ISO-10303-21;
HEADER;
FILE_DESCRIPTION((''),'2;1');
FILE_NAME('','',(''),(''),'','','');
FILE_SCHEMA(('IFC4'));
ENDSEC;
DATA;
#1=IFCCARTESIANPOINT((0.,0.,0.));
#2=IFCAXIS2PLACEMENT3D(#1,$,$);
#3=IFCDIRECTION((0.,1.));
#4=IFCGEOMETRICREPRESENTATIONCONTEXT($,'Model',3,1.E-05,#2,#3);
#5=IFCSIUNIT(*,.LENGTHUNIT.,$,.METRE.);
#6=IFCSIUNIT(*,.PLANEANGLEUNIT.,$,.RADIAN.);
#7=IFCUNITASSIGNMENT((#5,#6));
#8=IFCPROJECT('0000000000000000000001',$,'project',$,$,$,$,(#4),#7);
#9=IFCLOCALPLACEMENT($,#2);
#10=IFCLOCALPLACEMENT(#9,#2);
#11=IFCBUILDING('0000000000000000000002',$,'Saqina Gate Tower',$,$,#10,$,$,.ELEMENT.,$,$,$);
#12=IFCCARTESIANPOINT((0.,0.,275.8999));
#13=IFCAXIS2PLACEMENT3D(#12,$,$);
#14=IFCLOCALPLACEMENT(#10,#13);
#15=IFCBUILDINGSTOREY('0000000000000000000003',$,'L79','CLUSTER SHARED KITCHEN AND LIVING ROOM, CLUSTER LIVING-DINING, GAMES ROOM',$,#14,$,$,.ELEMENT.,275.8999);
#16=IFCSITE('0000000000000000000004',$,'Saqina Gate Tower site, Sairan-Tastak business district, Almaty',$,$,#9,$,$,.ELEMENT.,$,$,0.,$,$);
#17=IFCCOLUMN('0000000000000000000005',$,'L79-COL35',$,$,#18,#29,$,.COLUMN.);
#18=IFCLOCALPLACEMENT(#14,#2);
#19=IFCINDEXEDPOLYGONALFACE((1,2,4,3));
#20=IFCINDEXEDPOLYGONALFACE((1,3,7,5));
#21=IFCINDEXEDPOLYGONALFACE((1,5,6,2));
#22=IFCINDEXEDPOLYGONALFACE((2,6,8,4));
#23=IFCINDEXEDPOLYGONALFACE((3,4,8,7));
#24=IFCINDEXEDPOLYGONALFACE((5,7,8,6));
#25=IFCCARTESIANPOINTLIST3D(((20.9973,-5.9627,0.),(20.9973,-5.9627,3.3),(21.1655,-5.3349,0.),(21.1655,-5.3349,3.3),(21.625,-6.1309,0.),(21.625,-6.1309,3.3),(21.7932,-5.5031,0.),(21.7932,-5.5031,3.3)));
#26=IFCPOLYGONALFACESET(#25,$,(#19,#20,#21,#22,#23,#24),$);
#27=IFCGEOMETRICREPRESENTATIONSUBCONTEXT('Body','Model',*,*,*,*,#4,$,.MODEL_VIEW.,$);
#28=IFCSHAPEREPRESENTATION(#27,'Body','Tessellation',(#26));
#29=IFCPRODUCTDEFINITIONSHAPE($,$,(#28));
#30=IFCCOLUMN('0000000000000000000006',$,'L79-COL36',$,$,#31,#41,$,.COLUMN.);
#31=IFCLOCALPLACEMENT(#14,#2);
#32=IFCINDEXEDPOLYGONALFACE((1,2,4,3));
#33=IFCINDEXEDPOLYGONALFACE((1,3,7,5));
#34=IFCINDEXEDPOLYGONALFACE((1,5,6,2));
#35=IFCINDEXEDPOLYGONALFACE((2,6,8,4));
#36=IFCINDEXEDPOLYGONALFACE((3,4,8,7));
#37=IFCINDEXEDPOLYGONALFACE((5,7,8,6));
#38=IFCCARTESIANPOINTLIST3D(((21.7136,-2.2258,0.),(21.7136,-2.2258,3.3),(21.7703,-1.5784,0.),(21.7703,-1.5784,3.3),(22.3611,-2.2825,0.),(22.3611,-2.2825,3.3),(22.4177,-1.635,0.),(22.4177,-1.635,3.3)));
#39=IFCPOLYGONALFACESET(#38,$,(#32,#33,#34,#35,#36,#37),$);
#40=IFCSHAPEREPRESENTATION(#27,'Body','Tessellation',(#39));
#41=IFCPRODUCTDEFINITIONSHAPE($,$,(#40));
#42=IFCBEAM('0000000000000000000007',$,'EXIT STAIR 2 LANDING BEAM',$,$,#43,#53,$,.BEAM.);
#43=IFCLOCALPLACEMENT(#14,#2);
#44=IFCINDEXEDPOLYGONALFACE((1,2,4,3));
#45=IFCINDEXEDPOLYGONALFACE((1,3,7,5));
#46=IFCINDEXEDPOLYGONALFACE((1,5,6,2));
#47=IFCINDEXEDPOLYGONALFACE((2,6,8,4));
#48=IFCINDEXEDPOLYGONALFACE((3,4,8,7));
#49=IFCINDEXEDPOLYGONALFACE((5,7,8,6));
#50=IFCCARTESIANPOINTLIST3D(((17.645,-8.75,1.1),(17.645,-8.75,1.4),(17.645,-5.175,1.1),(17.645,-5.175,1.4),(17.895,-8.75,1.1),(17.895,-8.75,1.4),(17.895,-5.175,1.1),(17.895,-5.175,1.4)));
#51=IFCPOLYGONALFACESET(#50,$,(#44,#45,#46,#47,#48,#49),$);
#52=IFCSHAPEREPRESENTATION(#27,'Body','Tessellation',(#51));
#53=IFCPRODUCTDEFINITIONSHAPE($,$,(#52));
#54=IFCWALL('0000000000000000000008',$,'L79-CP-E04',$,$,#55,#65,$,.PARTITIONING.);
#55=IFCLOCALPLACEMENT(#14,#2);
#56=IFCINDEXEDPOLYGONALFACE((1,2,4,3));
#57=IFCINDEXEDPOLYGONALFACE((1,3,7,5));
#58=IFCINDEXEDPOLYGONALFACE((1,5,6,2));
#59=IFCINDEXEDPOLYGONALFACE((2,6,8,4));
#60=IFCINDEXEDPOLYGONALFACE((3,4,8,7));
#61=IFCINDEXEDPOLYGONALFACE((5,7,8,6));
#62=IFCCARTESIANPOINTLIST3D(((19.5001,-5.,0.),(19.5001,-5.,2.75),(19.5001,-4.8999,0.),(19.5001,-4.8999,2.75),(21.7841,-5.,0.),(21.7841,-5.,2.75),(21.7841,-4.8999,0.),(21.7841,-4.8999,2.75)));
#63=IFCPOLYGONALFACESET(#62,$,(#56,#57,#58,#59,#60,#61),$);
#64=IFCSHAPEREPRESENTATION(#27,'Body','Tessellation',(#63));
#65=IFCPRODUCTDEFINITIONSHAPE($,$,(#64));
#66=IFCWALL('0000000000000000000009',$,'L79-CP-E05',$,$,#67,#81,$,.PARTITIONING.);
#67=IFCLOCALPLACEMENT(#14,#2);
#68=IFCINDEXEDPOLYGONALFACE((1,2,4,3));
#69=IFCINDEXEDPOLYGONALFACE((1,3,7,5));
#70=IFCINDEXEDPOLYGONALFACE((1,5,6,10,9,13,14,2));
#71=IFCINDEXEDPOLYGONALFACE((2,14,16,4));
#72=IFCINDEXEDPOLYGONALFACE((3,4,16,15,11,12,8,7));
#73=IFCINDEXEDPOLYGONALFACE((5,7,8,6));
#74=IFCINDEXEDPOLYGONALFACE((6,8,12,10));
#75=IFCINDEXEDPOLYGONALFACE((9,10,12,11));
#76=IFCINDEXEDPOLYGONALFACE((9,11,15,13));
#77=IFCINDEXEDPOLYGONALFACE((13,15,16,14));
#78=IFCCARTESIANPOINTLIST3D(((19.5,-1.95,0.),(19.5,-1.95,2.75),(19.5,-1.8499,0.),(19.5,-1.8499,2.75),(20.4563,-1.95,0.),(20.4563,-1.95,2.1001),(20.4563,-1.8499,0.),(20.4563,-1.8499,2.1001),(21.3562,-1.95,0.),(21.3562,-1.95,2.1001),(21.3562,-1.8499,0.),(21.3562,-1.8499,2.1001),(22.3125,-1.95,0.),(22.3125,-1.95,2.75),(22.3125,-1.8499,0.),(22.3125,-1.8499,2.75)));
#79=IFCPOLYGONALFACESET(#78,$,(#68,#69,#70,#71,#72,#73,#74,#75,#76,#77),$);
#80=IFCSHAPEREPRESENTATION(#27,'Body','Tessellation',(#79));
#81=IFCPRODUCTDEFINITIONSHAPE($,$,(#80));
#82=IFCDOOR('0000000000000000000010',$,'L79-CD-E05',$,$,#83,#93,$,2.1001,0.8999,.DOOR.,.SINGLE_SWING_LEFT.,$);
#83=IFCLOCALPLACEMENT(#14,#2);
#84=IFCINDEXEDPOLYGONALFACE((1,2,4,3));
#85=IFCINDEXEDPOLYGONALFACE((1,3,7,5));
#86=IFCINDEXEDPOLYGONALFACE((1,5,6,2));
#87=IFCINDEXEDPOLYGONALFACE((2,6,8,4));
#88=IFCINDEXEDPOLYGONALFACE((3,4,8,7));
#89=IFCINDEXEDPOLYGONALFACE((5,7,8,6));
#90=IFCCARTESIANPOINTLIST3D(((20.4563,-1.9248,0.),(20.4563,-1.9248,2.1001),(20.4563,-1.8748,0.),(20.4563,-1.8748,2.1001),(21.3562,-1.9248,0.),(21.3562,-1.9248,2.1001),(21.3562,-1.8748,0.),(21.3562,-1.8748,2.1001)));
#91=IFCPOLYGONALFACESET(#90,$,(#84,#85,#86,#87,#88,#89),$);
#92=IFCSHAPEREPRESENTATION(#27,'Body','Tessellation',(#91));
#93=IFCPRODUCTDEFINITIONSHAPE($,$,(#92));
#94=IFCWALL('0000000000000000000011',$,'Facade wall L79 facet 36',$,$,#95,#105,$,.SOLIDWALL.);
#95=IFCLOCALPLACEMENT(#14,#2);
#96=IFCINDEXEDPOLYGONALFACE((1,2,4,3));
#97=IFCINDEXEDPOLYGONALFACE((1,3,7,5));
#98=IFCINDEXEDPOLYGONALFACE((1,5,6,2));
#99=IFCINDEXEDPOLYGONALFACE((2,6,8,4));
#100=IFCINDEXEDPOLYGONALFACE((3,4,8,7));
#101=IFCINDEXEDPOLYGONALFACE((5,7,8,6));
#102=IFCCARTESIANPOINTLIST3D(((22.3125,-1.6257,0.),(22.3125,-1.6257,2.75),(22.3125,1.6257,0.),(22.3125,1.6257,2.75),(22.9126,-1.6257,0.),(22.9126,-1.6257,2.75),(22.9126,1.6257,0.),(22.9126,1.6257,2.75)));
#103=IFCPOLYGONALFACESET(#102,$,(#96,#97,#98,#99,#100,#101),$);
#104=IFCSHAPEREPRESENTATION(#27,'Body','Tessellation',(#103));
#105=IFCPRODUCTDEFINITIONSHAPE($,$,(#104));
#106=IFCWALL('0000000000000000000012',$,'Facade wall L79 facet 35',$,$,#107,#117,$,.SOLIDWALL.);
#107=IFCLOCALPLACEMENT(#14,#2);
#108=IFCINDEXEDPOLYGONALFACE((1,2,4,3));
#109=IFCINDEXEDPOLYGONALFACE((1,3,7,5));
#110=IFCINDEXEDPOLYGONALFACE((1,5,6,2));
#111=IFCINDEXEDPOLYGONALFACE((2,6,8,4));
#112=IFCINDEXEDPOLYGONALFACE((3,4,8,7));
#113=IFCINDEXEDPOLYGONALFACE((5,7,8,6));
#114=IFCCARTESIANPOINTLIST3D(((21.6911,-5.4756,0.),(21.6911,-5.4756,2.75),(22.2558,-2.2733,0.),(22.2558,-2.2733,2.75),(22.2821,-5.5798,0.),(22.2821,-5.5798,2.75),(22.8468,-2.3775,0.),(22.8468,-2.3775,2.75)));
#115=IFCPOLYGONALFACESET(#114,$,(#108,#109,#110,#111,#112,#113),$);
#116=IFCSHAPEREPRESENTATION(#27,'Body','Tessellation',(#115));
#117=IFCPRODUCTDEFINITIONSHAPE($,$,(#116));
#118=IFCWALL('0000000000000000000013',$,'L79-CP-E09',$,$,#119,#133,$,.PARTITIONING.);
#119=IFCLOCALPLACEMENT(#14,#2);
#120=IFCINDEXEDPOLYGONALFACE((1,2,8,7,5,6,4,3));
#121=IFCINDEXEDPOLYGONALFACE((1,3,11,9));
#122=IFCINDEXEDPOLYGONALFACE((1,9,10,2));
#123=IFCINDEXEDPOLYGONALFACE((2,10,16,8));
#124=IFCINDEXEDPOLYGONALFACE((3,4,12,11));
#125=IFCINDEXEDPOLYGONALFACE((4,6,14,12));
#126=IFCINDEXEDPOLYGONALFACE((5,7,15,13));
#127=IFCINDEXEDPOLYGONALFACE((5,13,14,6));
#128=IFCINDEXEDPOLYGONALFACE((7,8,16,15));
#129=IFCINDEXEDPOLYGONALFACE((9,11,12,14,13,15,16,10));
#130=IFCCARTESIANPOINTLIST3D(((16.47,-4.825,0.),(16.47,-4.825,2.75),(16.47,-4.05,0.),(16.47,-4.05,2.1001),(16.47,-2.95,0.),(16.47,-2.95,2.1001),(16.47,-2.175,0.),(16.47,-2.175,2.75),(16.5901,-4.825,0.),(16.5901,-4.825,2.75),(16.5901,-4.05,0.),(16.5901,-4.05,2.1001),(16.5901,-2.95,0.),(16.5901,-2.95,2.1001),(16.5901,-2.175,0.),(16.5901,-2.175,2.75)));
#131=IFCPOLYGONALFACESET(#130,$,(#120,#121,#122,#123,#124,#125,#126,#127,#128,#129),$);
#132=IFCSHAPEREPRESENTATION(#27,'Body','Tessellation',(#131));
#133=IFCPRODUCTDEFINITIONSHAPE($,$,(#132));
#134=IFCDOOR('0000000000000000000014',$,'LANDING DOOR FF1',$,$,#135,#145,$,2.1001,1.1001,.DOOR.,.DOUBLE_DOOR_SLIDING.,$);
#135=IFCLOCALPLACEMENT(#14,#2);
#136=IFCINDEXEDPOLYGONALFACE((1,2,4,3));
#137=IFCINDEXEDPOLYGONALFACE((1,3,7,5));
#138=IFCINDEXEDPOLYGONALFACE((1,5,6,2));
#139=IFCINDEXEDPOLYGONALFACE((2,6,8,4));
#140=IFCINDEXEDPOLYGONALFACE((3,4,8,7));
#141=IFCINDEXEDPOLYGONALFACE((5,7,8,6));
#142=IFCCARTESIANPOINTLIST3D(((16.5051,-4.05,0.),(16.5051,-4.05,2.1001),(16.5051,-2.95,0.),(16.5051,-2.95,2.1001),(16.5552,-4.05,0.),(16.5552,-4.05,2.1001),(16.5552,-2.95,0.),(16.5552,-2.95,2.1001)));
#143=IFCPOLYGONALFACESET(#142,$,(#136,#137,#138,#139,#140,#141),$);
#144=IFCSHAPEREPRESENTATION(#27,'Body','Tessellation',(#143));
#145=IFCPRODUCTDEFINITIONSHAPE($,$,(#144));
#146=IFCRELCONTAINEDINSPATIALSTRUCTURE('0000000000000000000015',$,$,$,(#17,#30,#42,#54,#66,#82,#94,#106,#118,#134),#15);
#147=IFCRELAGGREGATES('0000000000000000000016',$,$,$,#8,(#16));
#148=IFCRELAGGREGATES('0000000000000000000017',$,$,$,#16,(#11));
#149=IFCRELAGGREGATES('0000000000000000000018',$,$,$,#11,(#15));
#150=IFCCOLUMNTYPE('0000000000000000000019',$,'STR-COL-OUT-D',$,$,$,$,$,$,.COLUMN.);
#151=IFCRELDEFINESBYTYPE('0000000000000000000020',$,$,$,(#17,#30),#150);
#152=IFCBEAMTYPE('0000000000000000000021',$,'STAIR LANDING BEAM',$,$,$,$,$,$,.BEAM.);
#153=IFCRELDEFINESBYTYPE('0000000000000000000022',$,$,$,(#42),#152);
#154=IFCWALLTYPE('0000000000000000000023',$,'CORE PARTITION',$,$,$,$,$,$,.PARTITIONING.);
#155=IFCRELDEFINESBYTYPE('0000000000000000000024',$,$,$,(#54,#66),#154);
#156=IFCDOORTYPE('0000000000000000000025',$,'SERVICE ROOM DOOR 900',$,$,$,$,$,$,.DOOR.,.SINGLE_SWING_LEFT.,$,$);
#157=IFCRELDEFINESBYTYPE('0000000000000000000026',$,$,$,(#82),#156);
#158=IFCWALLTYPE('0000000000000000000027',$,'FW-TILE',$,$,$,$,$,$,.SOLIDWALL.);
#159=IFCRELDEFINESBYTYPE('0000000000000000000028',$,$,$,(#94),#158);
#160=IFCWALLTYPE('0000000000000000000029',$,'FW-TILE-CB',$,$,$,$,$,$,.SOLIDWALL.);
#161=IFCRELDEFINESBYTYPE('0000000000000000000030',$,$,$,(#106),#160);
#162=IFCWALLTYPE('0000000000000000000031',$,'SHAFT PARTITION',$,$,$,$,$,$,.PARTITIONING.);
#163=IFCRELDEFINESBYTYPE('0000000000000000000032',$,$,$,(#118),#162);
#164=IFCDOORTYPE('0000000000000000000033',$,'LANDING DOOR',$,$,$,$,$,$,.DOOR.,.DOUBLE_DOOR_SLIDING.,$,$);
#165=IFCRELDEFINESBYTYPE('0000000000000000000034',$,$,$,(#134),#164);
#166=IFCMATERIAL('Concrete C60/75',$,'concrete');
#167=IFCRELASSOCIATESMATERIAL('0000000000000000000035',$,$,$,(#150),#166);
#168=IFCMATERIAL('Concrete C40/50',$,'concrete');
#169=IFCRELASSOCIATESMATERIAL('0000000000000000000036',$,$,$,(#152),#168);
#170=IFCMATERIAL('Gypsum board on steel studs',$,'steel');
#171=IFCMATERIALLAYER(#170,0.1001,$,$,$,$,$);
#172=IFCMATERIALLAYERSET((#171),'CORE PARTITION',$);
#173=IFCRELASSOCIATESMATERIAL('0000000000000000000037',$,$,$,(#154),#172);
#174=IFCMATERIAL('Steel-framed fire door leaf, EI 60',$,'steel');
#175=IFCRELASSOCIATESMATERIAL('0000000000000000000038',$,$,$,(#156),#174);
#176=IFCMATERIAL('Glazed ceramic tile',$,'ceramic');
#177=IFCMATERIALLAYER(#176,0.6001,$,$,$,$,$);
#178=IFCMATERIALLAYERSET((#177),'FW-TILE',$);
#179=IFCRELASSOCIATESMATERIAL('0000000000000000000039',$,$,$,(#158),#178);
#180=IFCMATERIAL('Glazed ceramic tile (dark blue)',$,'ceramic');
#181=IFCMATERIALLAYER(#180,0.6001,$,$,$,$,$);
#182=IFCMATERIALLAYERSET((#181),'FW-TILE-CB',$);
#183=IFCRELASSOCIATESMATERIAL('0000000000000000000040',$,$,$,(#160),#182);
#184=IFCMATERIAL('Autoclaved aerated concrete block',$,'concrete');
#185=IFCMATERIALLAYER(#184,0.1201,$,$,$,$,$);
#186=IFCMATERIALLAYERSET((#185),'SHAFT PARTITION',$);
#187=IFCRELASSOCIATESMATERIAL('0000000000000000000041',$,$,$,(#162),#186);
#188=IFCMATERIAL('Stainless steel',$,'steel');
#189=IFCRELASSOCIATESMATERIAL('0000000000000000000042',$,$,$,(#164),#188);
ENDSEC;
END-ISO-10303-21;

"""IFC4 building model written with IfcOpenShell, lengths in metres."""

from ifc_helpers import new_model, si_unit, direction, frame, frame_2d, origin, origin_2d, place, context, subcontext, project, spatial, rectangle, extrude, material, layer, layer_set, material_profile, profile_set, type_object, element, fill, save


model = new_model("IFC4")

# Units and contexts
model_context = context("Model", 3, precision=1e-05, world=origin(), true_north=direction((0.0, 1.0)))
body_context = subcontext(model_context, "Body", "Model", "MODEL_VIEW")
ifc_project = project(units=[si_unit("LENGTHUNIT", "METRE"), si_unit("PLANEANGLEUNIT", "RADIAN")], contexts=[model_context])

# Site, building, storey
site_placement = place(None, origin())
site = spatial("IfcSite", under=ifc_project, at=site_placement, Name="Saqina Gate Tower site, Sairan-Tastak business district, Almaty", CompositionType="ELEMENT", RefElevation=0.0)
building_placement = place(site_placement, origin())
building = spatial("IfcBuilding", under=site, at=building_placement, Name="Saqina Gate Tower", CompositionType="ELEMENT")
storey_placement = place(building_placement, frame((0.0, 0.0, 275.8999)))
storey = spatial("IfcBuildingStorey", under=building, at=storey_placement, Name="L79", Description="CLUSTER SHARED KITCHEN AND LIVING ROOM, CLUSTER LIVING-DINING, GAMES ROOM", CompositionType="ELEMENT", Elevation=275.8999)

# Columns
ifc_material_1 = material(Name="Concrete C60/75", Category="concrete")
ifc_material_profile_1 = material_profile(ifc_material_1, rectangle(XDim=0.6499, YDim=0.6499, at=origin_2d()), Name="RC 650x650")
ifc_profile_set_1 = profile_set([ifc_material_profile_1], Name="Concrete C60/75")
column_type = type_object("IfcColumnType", Name="STR-COL-OUT-D", PredefinedType="COLUMN", material=ifc_profile_set_1)
for number, where, z_axis, x_axis, name in (
    (1, (21.3953, -5.7329, 0.0), (0.0, 0.0, 1.0), (0.965926, -0.258819, 0.0), "L79-COL35"),
    (2, (22.0657, -1.9304, 0.0), (0.0, 0.0, 1.0), (0.996195, -0.087156, 0.0), "L79-COL36"),
):
    element("IfcColumn", number, at=place(storey_placement, frame(where, z_axis=z_axis, x_axis=x_axis)), inside=storey, type_object=column_type, Name=name, PredefinedType="COLUMN", context=body_context, shape_type="SweptSolid", body=[
        extrude(rectangle(XDim=0.6499, YDim=0.6499, at=origin_2d()), origin(), (0.0, 0.0, 1.0), 3.3),
    ])

# Beam
ifc_material_2 = material(Name="Concrete C40/50", Category="concrete")
ifc_material_profile_2 = material_profile(ifc_material_2, rectangle(XDim=0.25, YDim=0.3, at=origin_2d()), Name="STAIR LANDING BEAM")
ifc_profile_set_2 = profile_set([ifc_material_profile_2], Name="Concrete C40/50")
beam_type = type_object("IfcBeamType", Name="STAIR LANDING BEAM", PredefinedType="BEAM", material=ifc_profile_set_2)
beam_placement = place(storey_placement, frame((17.77, -8.75, 1.25), z_axis=(0.0, 1.0, 0.0), x_axis=(-1.0, 0.0, 0.0)))
element("IfcBeam", 3, at=beam_placement, inside=storey, type_object=beam_type, Name="EXIT STAIR 2 LANDING BEAM", PredefinedType="BEAM", context=body_context, shape_type="SweptSolid", body=[
    extrude(rectangle(XDim=0.25, YDim=0.3, at=origin_2d()), origin(), (0.0, 0.0, 1.0), 3.575),
])

# Wall
ifc_material_3 = material(Name="Gypsum board on steel studs", Category="steel")
ifc_layer_1 = layer(ifc_material_3, 0.1001)
ifc_layer_set_1 = layer_set([ifc_layer_1], Name="CORE PARTITION")
wall_type_1 = type_object("IfcWallType", Name="CORE PARTITION", PredefinedType="PARTITIONING", material=ifc_layer_set_1)
wall_1_placement = place(storey_placement, frame((19.5, -4.95, 0.0), z_axis=(0.0, 0.0, 1.0), x_axis=(1.0, 0.0, 0.0)))
element("IfcWall", 4, at=wall_1_placement, inside=storey, type_object=wall_type_1, Name="L79-CP-E04", PredefinedType="PARTITIONING", context=body_context, shape_type="SweptSolid", body=[
    extrude(rectangle(XDim=2.2839, YDim=0.1001, at=frame_2d((1.1421, 0.0))), origin(), (0.0, 0.0, 1.0), 2.75),
])

# Wall, opening, door
wall_2_placement = place(storey_placement, frame((19.5, -1.8999, 0.0), z_axis=(0.0, 0.0, 1.0), x_axis=(1.0, 0.0, 0.0)))
wall_2 = element("IfcWall", 5, at=wall_2_placement, inside=storey, type_object=wall_type_1, Name="L79-CP-E05", PredefinedType="PARTITIONING", context=body_context, shape_type="SweptSolid", body=[
    extrude(rectangle(XDim=2.8125, YDim=0.1001, at=frame_2d((1.4062, 0.0))), origin(), (0.0, 0.0, 1.0), 2.75),
])
opening_1_placement = place(wall_2_placement, frame((0.9563, 0.0, 0.0)))
opening_1 = element("IfcOpeningElement", 6, at=opening_1_placement, cuts=wall_2, PredefinedType="OPENING", context=body_context, shape_type="SweptSolid", body=[
    extrude(rectangle(XDim=0.8999, YDim=2.1001, at=frame_2d((0.45, 1.05))), frame((0.0, 0.062, 0.0), z_axis=(0.0, -1.0, 0.0), x_axis=(1.0, 0.0, 0.0)), (0.0, 0.0, 1.0), 0.124),
])
ifc_material_4 = material(Name="Steel-framed fire door leaf, EI 60", Category="steel")
door_type_1 = type_object("IfcDoorType", Name="SERVICE ROOM DOOR 900", OperationType="SINGLE_SWING_LEFT", PredefinedType="DOOR", material=ifc_material_4)
door_1_placement = place(opening_1_placement, frame((0.8999, 0.0, 0.0), z_axis=(0.0, 0.0, 1.0), x_axis=(-1.0, 0.0, 0.0)))
door_1 = element("IfcDoor", 7, at=door_1_placement, inside=storey, type_object=door_type_1, Name="L79-CD-E05", OperationType="SINGLE_SWING_LEFT", OverallHeight=2.1001, OverallWidth=0.8999, PredefinedType="DOOR", context=body_context, shape_type="SweptSolid", body=[
    extrude(rectangle(XDim=0.8999, YDim=2.1001, at=frame_2d((0.45, 1.05))), frame((0.0, 0.0249, 0.0), z_axis=(0.0, -1.0, 0.0), x_axis=(1.0, 0.0, 0.0)), (0.0, 0.0, 1.0), 0.05),
])
fill(opening_1, door_1)

# Walls
ifc_material_5 = material(Name="Glazed ceramic tile", Category="ceramic")
ifc_layer_2 = layer(ifc_material_5, 0.6001)
ifc_layer_set_2 = layer_set([ifc_layer_2], Name="FW-TILE")
wall_type_2 = type_object("IfcWallType", Name="FW-TILE", PredefinedType="SOLIDWALL", material=ifc_layer_set_2)
wall_3_placement = place(storey_placement, frame((22.6125, -1.6257, 0.0), z_axis=(0.0, 0.0, 1.0), x_axis=(0.0, 1.0, 0.0)))
element("IfcWall", 8, at=wall_3_placement, inside=storey, type_object=wall_type_2, Name="Facade wall L79 facet 36", PredefinedType="SOLIDWALL", context=body_context, shape_type="SweptSolid", body=[
    extrude(rectangle(XDim=3.2515, YDim=0.6001, at=frame_2d((1.6257, 0.0))), origin(), (0.0, 0.0, 1.0), 2.75),
])
ifc_material_6 = material(Name="Glazed ceramic tile (dark blue)", Category="ceramic")
ifc_layer_3 = layer(ifc_material_6, 0.6001)
ifc_layer_set_3 = layer_set([ifc_layer_3], Name="FW-TILE-CB")
wall_type_3 = type_object("IfcWallType", Name="FW-TILE-CB", PredefinedType="SOLIDWALL", material=ifc_layer_set_3)
wall_4_placement = place(storey_placement, frame((21.9866, -5.5278, 0.0), z_axis=(0.0, 0.0, 1.0), x_axis=(0.173657, 0.984806, 0.0)))
element("IfcWall", 9, at=wall_4_placement, inside=storey, type_object=wall_type_3, Name="Facade wall L79 facet 35", PredefinedType="SOLIDWALL", context=body_context, shape_type="SweptSolid", body=[
    extrude(rectangle(XDim=3.2517, YDim=0.6001, at=frame_2d((1.626, 0.0))), origin(), (0.0, 0.0, 1.0), 2.75),
])

# Wall, opening, door
ifc_material_7 = material(Name="Autoclaved aerated concrete block", Category="concrete")
ifc_layer_4 = layer(ifc_material_7, 0.1201)
ifc_layer_set_4 = layer_set([ifc_layer_4], Name="SHAFT PARTITION")
wall_type_4 = type_object("IfcWallType", Name="SHAFT PARTITION", PredefinedType="PARTITIONING", material=ifc_layer_set_4)
wall_5_placement = place(storey_placement, frame((16.53, -4.825, 0.0), z_axis=(0.0, 0.0, 1.0), x_axis=(0.0, 1.0, 0.0)))
wall_5 = element("IfcWall", 10, at=wall_5_placement, inside=storey, type_object=wall_type_4, Name="L79-CP-E09", PredefinedType="PARTITIONING", context=body_context, shape_type="SweptSolid", body=[
    extrude(rectangle(XDim=2.6499, YDim=0.1201, at=frame_2d((1.325, 0.0))), origin(), (0.0, 0.0, 1.0), 2.75),
])
opening_2_placement = place(wall_5_placement, frame((0.7749, 0.0, 0.0)))
opening_2 = element("IfcOpeningElement", 11, at=opening_2_placement, cuts=wall_5, PredefinedType="OPENING", context=body_context, shape_type="SweptSolid", body=[
    extrude(rectangle(XDim=1.1001, YDim=2.1001, at=frame_2d((0.55, 1.05))), frame((0.0, 0.072, 0.0), z_axis=(0.0, -1.0, 0.0), x_axis=(1.0, 0.0, 0.0)), (0.0, 0.0, 1.0), 0.144),
])
ifc_material_8 = material(Name="Stainless steel", Category="steel")
door_type_2 = type_object("IfcDoorType", Name="LANDING DOOR", OperationType="DOUBLE_DOOR_SLIDING", PredefinedType="DOOR", material=ifc_material_8)
door_2_placement = place(opening_2_placement, origin())
door_2 = element("IfcDoor", 12, at=door_2_placement, inside=storey, type_object=door_type_2, Name="LANDING DOOR FF1", OperationType="DOUBLE_DOOR_SLIDING", OverallHeight=2.1001, OverallWidth=1.1001, PredefinedType="DOOR", context=body_context, shape_type="SweptSolid", body=[
    extrude(rectangle(XDim=1.1001, YDim=2.1001, at=frame_2d((0.55, 1.05))), frame((0.0, 0.0249, 0.0), z_axis=(0.0, -1.0, 0.0), x_axis=(1.0, 0.0, 0.0)), (0.0, 0.0, 1.0), 0.05),
])
fill(opening_2, door_2)

save(model, "model.ifc")
